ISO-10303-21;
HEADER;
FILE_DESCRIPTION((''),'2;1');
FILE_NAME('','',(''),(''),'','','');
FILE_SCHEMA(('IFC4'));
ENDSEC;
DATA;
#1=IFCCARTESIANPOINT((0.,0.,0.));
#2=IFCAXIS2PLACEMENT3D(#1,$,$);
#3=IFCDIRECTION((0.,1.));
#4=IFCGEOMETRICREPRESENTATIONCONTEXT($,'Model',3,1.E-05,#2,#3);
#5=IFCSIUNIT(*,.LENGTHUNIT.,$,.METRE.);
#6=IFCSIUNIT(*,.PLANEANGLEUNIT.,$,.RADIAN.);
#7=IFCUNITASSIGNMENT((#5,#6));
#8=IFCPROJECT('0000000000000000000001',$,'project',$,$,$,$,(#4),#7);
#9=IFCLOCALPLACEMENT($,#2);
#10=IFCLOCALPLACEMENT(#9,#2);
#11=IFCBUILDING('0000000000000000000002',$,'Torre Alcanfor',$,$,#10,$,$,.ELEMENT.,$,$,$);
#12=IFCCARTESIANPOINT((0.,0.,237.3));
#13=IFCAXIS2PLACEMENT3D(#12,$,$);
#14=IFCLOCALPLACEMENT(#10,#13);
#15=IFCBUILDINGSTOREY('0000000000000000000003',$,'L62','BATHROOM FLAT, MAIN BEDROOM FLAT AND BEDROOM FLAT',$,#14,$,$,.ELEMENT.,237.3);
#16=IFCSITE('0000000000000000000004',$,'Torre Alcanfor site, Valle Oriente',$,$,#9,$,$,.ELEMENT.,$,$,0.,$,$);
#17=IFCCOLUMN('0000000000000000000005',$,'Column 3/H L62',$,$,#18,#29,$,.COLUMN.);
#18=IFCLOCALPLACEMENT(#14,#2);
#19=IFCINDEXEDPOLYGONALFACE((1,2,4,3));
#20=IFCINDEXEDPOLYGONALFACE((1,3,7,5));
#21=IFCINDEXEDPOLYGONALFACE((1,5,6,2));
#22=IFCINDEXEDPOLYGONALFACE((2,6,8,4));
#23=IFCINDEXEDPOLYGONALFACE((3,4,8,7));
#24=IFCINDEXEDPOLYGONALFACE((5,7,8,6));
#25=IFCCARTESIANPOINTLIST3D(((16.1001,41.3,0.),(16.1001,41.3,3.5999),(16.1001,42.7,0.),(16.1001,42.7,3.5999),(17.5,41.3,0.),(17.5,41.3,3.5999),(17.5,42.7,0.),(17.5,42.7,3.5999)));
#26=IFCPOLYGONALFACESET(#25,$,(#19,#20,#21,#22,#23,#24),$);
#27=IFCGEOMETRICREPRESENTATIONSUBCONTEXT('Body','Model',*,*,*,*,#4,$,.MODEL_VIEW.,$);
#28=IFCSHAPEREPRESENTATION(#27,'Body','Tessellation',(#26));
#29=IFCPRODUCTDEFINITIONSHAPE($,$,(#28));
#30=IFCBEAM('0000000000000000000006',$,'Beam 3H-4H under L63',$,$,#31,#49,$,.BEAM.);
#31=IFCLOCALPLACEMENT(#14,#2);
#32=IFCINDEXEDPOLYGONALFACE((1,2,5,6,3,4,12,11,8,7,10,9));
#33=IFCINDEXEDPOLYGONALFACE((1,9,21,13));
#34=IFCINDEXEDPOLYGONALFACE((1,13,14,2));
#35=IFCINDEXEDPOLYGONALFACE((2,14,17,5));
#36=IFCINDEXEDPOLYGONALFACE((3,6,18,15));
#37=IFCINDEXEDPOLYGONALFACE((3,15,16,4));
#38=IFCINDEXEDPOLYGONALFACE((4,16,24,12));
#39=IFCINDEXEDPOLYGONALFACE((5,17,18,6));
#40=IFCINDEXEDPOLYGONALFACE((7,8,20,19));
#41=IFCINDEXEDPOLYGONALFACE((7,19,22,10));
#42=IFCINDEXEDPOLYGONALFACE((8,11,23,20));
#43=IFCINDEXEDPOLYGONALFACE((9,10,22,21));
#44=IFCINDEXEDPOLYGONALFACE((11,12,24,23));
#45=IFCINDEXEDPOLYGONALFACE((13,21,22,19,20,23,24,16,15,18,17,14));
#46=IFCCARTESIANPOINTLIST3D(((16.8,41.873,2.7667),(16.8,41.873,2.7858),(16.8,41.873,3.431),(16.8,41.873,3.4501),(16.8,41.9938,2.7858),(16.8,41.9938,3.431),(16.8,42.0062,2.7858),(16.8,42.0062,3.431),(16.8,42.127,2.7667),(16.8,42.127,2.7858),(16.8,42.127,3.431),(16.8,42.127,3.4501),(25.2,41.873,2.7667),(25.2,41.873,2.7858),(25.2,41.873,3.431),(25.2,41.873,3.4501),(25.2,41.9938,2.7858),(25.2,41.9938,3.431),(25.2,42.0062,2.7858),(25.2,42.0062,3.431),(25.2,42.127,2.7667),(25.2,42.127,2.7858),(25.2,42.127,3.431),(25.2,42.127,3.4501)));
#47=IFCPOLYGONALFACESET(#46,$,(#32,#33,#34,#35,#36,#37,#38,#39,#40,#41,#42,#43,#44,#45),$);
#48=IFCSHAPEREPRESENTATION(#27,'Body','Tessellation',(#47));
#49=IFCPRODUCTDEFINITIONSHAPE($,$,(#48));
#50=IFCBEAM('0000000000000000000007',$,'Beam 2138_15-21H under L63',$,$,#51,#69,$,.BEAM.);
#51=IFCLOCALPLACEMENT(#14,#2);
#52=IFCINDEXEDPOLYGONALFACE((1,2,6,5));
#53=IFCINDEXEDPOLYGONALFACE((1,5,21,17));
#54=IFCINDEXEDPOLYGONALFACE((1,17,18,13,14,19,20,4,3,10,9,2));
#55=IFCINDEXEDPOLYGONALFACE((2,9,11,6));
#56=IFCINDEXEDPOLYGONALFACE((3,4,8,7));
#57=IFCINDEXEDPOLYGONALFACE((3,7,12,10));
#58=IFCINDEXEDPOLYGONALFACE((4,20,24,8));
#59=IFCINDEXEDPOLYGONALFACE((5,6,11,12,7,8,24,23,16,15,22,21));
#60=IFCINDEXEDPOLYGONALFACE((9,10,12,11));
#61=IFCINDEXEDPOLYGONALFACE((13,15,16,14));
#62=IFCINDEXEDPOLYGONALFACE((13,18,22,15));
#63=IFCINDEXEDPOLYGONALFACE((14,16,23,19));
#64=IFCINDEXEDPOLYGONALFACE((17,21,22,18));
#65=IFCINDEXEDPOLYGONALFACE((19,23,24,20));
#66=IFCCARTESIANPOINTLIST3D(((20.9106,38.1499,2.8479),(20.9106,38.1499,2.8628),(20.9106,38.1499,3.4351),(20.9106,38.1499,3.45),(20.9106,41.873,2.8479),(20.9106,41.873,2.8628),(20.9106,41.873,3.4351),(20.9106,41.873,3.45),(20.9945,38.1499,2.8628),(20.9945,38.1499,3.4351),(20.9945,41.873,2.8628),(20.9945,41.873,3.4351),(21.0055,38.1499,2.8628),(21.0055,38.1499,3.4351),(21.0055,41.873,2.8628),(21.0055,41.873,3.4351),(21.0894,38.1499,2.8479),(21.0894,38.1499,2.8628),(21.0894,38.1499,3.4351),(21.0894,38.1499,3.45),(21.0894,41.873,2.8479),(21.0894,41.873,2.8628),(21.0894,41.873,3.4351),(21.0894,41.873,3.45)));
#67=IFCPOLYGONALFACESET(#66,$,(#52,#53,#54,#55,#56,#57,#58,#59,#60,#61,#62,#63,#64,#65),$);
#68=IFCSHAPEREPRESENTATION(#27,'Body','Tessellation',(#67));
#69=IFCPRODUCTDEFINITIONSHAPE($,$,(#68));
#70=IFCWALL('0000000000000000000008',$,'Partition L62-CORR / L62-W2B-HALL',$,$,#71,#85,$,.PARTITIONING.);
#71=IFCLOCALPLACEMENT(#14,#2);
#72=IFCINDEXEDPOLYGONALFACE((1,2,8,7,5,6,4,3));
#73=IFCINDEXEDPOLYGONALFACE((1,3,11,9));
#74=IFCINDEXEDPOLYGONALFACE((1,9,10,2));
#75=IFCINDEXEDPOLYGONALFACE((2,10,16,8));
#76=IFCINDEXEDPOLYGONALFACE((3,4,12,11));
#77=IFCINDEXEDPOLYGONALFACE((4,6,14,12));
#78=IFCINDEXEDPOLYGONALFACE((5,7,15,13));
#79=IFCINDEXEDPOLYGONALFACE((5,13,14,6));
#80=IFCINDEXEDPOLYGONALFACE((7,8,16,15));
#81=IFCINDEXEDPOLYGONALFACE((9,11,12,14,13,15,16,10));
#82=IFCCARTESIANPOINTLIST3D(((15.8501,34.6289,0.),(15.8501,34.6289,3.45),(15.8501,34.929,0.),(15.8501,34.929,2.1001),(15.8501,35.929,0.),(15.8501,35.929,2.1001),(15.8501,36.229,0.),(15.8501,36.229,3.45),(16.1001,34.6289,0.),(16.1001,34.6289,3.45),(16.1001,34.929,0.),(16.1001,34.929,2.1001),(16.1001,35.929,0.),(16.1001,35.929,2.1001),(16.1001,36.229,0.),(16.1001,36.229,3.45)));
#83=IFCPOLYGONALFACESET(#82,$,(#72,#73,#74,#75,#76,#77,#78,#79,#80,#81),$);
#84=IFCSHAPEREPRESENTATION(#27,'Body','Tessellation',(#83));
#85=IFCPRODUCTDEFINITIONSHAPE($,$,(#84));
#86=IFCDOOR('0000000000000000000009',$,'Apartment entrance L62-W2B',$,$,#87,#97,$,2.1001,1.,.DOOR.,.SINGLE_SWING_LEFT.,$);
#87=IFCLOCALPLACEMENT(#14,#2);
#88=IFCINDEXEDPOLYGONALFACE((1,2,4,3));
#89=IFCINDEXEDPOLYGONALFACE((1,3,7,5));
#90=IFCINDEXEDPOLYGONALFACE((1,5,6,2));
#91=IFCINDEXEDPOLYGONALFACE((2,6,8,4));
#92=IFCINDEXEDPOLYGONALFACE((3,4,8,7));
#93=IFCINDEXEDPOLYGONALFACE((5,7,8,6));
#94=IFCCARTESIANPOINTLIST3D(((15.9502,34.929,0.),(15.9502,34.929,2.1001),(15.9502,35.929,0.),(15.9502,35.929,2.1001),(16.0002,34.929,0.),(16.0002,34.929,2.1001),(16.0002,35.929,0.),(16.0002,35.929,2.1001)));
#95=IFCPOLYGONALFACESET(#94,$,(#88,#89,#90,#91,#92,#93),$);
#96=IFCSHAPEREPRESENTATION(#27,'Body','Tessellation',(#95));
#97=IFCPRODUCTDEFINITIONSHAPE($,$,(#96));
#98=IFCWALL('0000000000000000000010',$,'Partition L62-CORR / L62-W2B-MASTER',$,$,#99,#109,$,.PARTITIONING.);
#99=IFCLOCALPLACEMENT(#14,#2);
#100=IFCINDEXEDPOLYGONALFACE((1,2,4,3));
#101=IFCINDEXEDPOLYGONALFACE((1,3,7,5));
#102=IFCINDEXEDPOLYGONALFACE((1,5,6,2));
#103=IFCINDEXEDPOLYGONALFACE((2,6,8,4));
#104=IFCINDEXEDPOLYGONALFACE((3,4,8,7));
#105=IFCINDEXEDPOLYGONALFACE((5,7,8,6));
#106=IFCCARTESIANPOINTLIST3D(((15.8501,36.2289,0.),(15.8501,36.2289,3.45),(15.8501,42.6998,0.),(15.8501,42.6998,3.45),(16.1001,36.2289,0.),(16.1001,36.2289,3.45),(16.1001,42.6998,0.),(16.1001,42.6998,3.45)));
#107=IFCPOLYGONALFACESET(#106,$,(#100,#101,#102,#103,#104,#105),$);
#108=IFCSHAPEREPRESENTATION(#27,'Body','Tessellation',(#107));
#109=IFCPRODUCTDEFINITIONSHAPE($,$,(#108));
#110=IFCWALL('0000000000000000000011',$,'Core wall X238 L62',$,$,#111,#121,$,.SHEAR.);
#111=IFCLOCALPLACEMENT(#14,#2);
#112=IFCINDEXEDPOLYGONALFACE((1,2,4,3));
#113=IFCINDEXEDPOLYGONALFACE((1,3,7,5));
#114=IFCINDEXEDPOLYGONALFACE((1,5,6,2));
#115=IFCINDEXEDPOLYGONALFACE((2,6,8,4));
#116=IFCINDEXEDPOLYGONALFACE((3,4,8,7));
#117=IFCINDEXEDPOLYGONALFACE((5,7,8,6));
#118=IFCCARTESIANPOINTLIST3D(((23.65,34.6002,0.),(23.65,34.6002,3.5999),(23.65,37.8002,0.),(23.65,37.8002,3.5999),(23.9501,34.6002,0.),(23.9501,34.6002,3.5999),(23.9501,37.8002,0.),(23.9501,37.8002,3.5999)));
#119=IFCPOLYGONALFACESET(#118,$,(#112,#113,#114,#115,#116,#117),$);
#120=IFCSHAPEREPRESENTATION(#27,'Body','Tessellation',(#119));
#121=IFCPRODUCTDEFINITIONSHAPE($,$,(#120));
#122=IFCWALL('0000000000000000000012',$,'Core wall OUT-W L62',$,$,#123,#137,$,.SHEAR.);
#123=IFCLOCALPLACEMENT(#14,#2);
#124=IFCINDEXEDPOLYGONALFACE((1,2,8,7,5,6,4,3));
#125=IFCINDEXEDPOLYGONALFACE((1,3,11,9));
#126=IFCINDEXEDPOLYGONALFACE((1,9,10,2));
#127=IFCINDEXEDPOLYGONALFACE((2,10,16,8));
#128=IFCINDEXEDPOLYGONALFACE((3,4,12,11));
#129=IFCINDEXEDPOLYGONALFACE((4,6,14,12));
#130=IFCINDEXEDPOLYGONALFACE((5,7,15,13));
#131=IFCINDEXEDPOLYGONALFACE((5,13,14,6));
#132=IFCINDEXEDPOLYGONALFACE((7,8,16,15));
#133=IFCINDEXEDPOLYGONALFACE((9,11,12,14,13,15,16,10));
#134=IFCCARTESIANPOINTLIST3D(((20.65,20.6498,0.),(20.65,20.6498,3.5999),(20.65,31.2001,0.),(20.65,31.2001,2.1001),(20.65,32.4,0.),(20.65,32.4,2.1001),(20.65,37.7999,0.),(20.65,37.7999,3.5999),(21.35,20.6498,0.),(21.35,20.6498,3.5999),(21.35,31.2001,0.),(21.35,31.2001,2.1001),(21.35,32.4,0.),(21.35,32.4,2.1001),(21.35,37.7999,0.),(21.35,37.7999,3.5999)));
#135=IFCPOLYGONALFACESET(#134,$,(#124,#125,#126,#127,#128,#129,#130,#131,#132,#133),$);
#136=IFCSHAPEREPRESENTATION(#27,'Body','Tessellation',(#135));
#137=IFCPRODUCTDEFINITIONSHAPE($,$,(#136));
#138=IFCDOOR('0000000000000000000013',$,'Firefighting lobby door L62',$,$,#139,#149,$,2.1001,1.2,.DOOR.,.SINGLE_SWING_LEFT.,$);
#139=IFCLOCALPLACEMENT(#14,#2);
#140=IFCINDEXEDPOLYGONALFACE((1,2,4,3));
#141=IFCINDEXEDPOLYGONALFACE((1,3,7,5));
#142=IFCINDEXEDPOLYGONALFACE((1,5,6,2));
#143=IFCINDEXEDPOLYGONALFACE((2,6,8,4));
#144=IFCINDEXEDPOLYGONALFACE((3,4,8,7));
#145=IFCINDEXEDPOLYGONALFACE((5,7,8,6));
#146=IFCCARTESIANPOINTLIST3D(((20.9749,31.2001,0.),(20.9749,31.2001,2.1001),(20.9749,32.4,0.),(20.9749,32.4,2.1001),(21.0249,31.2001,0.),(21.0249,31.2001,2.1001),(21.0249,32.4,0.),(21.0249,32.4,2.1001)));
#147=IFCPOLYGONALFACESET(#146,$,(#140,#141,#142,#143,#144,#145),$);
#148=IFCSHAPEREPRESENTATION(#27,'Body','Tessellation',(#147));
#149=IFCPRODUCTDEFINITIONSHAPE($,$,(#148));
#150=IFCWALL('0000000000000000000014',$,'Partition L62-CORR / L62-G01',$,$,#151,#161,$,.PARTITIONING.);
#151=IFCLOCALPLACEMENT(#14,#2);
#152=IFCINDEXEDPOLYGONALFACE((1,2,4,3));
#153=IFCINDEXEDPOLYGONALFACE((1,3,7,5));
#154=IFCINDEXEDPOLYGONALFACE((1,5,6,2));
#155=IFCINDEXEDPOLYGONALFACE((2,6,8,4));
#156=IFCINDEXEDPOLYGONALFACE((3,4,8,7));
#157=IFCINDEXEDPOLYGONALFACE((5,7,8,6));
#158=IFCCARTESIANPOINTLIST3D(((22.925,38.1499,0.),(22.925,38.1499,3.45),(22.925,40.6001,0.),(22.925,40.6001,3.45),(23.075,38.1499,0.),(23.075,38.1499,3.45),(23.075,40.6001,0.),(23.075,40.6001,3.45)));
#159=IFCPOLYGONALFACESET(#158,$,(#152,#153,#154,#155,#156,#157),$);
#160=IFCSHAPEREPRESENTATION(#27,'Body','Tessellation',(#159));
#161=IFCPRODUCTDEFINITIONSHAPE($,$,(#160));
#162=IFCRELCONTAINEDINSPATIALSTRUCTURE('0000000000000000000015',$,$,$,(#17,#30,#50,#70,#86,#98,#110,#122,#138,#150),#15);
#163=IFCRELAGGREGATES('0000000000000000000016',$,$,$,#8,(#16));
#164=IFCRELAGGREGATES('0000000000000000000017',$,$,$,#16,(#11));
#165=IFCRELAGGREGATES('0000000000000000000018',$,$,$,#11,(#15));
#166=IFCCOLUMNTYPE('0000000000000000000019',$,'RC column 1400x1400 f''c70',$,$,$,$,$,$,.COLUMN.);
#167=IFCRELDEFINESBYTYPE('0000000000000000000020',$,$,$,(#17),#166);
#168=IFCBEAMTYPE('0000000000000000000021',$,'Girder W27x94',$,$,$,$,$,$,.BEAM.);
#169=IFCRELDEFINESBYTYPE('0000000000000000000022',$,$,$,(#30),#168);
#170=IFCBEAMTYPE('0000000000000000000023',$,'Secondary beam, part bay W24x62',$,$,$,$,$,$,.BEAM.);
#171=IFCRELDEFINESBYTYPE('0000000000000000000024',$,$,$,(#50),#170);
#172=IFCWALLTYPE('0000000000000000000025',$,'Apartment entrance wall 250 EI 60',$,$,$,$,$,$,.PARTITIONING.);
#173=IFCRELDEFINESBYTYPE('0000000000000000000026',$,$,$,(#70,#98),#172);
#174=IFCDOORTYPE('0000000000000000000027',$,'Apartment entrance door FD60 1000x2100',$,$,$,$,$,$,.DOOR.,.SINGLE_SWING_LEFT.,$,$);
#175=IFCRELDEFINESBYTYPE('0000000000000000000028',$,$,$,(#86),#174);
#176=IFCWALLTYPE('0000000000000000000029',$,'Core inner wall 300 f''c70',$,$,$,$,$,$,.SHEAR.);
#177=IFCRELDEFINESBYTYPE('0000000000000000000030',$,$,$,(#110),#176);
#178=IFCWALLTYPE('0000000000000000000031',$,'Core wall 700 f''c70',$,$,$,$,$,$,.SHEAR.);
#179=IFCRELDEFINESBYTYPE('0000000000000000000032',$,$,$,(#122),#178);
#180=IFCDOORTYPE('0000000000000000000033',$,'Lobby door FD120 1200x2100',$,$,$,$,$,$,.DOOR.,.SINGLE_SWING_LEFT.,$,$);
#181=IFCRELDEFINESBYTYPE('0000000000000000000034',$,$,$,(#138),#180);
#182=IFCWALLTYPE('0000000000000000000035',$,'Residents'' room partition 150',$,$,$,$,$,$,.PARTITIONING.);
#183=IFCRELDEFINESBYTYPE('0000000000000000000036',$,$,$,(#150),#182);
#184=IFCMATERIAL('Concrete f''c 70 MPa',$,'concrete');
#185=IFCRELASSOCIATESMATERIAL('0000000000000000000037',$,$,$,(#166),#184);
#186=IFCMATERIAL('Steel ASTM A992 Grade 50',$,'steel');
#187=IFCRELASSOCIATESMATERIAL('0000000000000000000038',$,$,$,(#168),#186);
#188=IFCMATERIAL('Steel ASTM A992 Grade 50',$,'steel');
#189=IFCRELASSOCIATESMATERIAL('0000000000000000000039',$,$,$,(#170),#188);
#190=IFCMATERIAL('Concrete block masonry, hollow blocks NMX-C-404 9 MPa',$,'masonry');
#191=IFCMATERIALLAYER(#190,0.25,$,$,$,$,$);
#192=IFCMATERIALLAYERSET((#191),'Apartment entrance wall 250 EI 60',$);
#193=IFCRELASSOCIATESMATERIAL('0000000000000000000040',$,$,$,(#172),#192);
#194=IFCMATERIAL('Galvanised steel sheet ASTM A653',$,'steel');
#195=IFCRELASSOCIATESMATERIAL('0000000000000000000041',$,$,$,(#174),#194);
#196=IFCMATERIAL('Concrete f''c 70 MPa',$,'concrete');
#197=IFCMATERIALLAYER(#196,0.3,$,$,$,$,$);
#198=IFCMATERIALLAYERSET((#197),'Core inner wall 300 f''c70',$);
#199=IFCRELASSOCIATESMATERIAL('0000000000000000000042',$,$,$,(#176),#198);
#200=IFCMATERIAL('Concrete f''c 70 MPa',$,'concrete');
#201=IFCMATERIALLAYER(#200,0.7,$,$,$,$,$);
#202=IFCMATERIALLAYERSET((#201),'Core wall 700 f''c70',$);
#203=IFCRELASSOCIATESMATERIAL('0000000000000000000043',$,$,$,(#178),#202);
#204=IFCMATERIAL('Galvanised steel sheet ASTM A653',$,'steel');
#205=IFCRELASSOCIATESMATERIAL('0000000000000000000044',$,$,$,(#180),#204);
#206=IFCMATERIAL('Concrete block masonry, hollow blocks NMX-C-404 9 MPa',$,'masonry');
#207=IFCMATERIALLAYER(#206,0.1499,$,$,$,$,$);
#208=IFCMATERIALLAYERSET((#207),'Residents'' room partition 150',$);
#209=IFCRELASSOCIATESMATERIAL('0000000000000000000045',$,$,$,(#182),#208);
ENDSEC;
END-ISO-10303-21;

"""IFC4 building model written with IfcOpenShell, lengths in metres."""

from ifc_helpers import new_model, si_unit, direction, frame, frame_2d, origin, origin_2d, place, context, subcontext, project, spatial, rectangle, i_section, extrude, material, layer, layer_set, material_profile, profile_set, type_object, element, fill, save


model = new_model("IFC4")

# Units and contexts
model_context = context("Model", 3, precision=1e-05, world=origin(), true_north=direction((0.0, 1.0)))
body_context = subcontext(model_context, "Body", "Model", "MODEL_VIEW")
ifc_project = project(units=[si_unit("LENGTHUNIT", "METRE"), si_unit("PLANEANGLEUNIT", "RADIAN")], contexts=[model_context])

# Site, building, storey
site_placement = place(None, origin())
site = spatial("IfcSite", under=ifc_project, at=site_placement, Name="Torre Alcanfor site, Valle Oriente", CompositionType="ELEMENT", RefElevation=0.0)
building_placement = place(site_placement, origin())
building = spatial("IfcBuilding", under=site, at=building_placement, Name="Torre Alcanfor", CompositionType="ELEMENT")
storey_placement = place(building_placement, frame((0.0, 0.0, 237.3)))
storey = spatial("IfcBuildingStorey", under=building, at=storey_placement, Name="L62", Description="BATHROOM FLAT, MAIN BEDROOM FLAT AND BEDROOM FLAT", CompositionType="ELEMENT", Elevation=237.3)

# Column
ifc_material_1 = material(Name="Concrete f'c 70 MPa", Category="concrete")
ifc_material_profile_1 = material_profile(ifc_material_1, rectangle(XDim=1.3999, YDim=1.3999, at=origin_2d()), Name="1400x1400")
ifc_profile_set_1 = profile_set([ifc_material_profile_1], Name="Concrete f'c 70 MPa")
column_type = type_object("IfcColumnType", Name="RC column 1400x1400 f'c70", PredefinedType="COLUMN", material=ifc_profile_set_1)
column_placement = place(storey_placement, frame((16.8, 42.0, 0.0), z_axis=(0.0, 0.0, 1.0), x_axis=(1.0, 0.0, 0.0)))
element("IfcColumn", 1, at=column_placement, inside=storey, type_object=column_type, Name="Column 3/H L62", PredefinedType="COLUMN", context=body_context, shape_type="SweptSolid", body=[
    extrude(rectangle(XDim=1.3999, YDim=1.3999, at=origin_2d()), origin(), (0.0, 0.0, 1.0), 3.5999),
])

# Beams
ifc_material_2 = material(Name="Steel ASTM A992 Grade 50", Category="steel")
ifc_material_profile_2 = material_profile(ifc_material_2, i_section(OverallWidth=0.2539, OverallDepth=0.6833, WebThickness=0.0125, FlangeThickness=0.019, at=origin_2d()), Name="W27x94")
ifc_profile_set_2 = profile_set([ifc_material_profile_2], Name="Steel ASTM A992 Grade 50")
beam_type_1 = type_object("IfcBeamType", Name="Girder W27x94", PredefinedType="BEAM", material=ifc_profile_set_2)
beam_1_placement = place(storey_placement, frame((16.8, 42.0, 3.1084), z_axis=(1.0, 0.0, 0.0), x_axis=(0.0, 1.0, 0.0)))
element("IfcBeam", 2, at=beam_1_placement, inside=storey, type_object=beam_type_1, Name="Beam 3H-4H under L63", PredefinedType="BEAM", context=body_context, shape_type="SweptSolid", body=[
    extrude(i_section(OverallWidth=0.2539, OverallDepth=0.6833, WebThickness=0.0125, FlangeThickness=0.019, at=origin_2d()), origin(), (0.0, 0.0, 1.0), 8.3999),
])
ifc_material_3 = material(Name="Steel ASTM A992 Grade 50", Category="steel")
ifc_material_profile_3 = material_profile(ifc_material_3, i_section(OverallWidth=0.1787, OverallDepth=0.6021, WebThickness=0.011, FlangeThickness=0.0149, at=origin_2d()), Name="W24x62")
ifc_profile_set_3 = profile_set([ifc_material_profile_3], Name="Steel ASTM A992 Grade 50")
beam_type_2 = type_object("IfcBeamType", Name="Secondary beam, part bay W24x62", PredefinedType="BEAM", material=ifc_profile_set_3)
beam_2_placement = place(storey_placement, frame((21.0, 38.1499, 3.1489), z_axis=(0.0, 1.0, 0.0), x_axis=(-1.0, 0.0, 0.0)))
element("IfcBeam", 3, at=beam_2_placement, inside=storey, type_object=beam_type_2, Name="Beam 2138_15-21H under L63", PredefinedType="BEAM", context=body_context, shape_type="SweptSolid", body=[
    extrude(i_section(OverallWidth=0.1787, OverallDepth=0.6021, WebThickness=0.011, FlangeThickness=0.0149, at=origin_2d()), origin(), (0.0, 0.0, 1.0), 3.7231),
])

# Wall, opening, door
ifc_material_4 = material(Name="Concrete block masonry, hollow blocks NMX-C-404 9 MPa", Category="masonry")
ifc_layer_1 = layer(ifc_material_4, 0.25)
ifc_layer_set_1 = layer_set([ifc_layer_1], Name="Apartment entrance wall 250 EI 60")
wall_type_1 = type_object("IfcWallType", Name="Apartment entrance wall 250 EI 60", PredefinedType="PARTITIONING", material=ifc_layer_set_1)
wall_1_placement = place(storey_placement, frame((15.9751, 34.6289, 0.0), z_axis=(0.0, 0.0, 1.0), x_axis=(0.0, 1.0, 0.0)))
wall_1 = element("IfcWall", 4, at=wall_1_placement, inside=storey, type_object=wall_type_1, Name="Partition L62-CORR / L62-W2B-HALL", PredefinedType="PARTITIONING", context=body_context, shape_type="SweptSolid", body=[
    extrude(rectangle(XDim=1.6001, YDim=0.25, at=frame_2d((0.8, 0.0))), origin(), (0.0, 0.0, 1.0), 3.45),
])
opening_1_placement = place(wall_1_placement, frame((0.3, 0.0, 0.0)))
opening_1 = element("IfcOpeningElement", 5, at=opening_1_placement, cuts=wall_1, PredefinedType="OPENING", context=body_context, shape_type="SweptSolid", body=[
    extrude(rectangle(XDim=1.0, YDim=2.1001, at=frame_2d((0.5, 1.05))), frame((0.0, 0.135, 0.0), z_axis=(0.0, -1.0, 0.0), x_axis=(1.0, 0.0, 0.0)), (0.0, 0.0, 1.0), 0.27),
])
ifc_material_5 = material(Name="Galvanised steel sheet ASTM A653", Category="steel")
door_type_1 = type_object("IfcDoorType", Name="Apartment entrance door FD60 1000x2100", OperationType="SINGLE_SWING_LEFT", PredefinedType="DOOR", material=ifc_material_5)
door_1_placement = place(opening_1_placement, origin())
door_1 = element("IfcDoor", 6, at=door_1_placement, inside=storey, type_object=door_type_1, Name="Apartment entrance L62-W2B", OperationType="SINGLE_SWING_LEFT", OverallHeight=2.1001, OverallWidth=1.0, PredefinedType="DOOR", context=body_context, shape_type="SweptSolid", body=[
    extrude(rectangle(XDim=1.0, YDim=2.1001, at=frame_2d((0.5, 1.05))), frame((0.0, 0.0249, 0.0), z_axis=(0.0, -1.0, 0.0), x_axis=(1.0, 0.0, 0.0)), (0.0, 0.0, 1.0), 0.05),
])
fill(opening_1, door_1)

# Walls
wall_2_placement = place(storey_placement, frame((15.9751, 36.229, 0.0), z_axis=(0.0, 0.0, 1.0), x_axis=(0.0, 1.0, 0.0)))
element("IfcWall", 7, at=wall_2_placement, inside=storey, type_object=wall_type_1, Name="Partition L62-CORR / L62-W2B-MASTER", PredefinedType="PARTITIONING", context=body_context, shape_type="SweptSolid", body=[
    extrude(rectangle(XDim=6.4709, YDim=0.25, at=frame_2d((3.2354, 0.0))), origin(), (0.0, 0.0, 1.0), 3.45),
])
ifc_material_6 = material(Name="Concrete f'c 70 MPa", Category="concrete")
ifc_layer_2 = layer(ifc_material_6, 0.3)
ifc_layer_set_2 = layer_set([ifc_layer_2], Name="Core inner wall 300 f'c70")
wall_type_2 = type_object("IfcWallType", Name="Core inner wall 300 f'c70", PredefinedType="SHEAR", material=ifc_layer_set_2)
wall_3_placement = place(storey_placement, frame((23.8, 34.6001, 0.0), z_axis=(0.0, 0.0, 1.0), x_axis=(0.0, 1.0, 0.0)))
element("IfcWall", 8, at=wall_3_placement, inside=storey, type_object=wall_type_2, Name="Core wall X238 L62", PredefinedType="SHEAR", context=body_context, shape_type="SweptSolid", body=[
    extrude(rectangle(XDim=3.2, YDim=0.3, at=frame_2d((1.6001, 0.0))), origin(), (0.0, 0.0, 1.0), 3.5999),
])

# Wall, opening, door
ifc_material_7 = material(Name="Concrete f'c 70 MPa", Category="concrete")
ifc_layer_3 = layer(ifc_material_7, 0.7)
ifc_layer_set_3 = layer_set([ifc_layer_3], Name="Core wall 700 f'c70")
wall_type_3 = type_object("IfcWallType", Name="Core wall 700 f'c70", PredefinedType="SHEAR", material=ifc_layer_set_3)
wall_4_placement = place(storey_placement, frame((21.0, 37.8, 0.0), z_axis=(0.0, 0.0, 1.0), x_axis=(0.0, -1.0, 0.0)))
wall_4 = element("IfcWall", 9, at=wall_4_placement, inside=storey, type_object=wall_type_3, Name="Core wall OUT-W L62", PredefinedType="SHEAR", context=body_context, shape_type="SweptSolid", body=[
    extrude(rectangle(XDim=17.1501, YDim=0.7, at=frame_2d((8.5752, 0.0))), origin(), (0.0, 0.0, 1.0), 3.5999),
])
opening_2_placement = place(wall_4_placement, frame((5.3999, 0.0, 0.0)))
opening_2 = element("IfcOpeningElement", 10, at=opening_2_placement, cuts=wall_4, PredefinedType="OPENING", context=body_context, shape_type="SweptSolid", body=[
    extrude(rectangle(XDim=1.2, YDim=2.1001, at=frame_2d((0.6001, 1.05))), frame((0.0, 0.3599, 0.0), z_axis=(0.0, -1.0, 0.0), x_axis=(1.0, 0.0, 0.0)), (0.0, 0.0, 1.0), 0.72),
])
ifc_material_8 = material(Name="Galvanised steel sheet ASTM A653", Category="steel")
door_type_2 = type_object("IfcDoorType", Name="Lobby door FD120 1200x2100", OperationType="SINGLE_SWING_LEFT", PredefinedType="DOOR", material=ifc_material_8)
door_2_placement = place(opening_2_placement, origin())
door_2 = element("IfcDoor", 11, at=door_2_placement, inside=storey, type_object=door_type_2, Name="Firefighting lobby door L62", OperationType="SINGLE_SWING_LEFT", OverallHeight=2.1001, OverallWidth=1.2, PredefinedType="DOOR", context=body_context, shape_type="SweptSolid", body=[
    extrude(rectangle(XDim=1.2, YDim=2.1001, at=frame_2d((0.6001, 1.05))), frame((0.0, 0.0249, 0.0), z_axis=(0.0, -1.0, 0.0), x_axis=(1.0, 0.0, 0.0)), (0.0, 0.0, 1.0), 0.05),
])
fill(opening_2, door_2)

# Wall
ifc_material_9 = material(Name="Concrete block masonry, hollow blocks NMX-C-404 9 MPa", Category="masonry")
ifc_layer_4 = layer(ifc_material_9, 0.1499)
ifc_layer_set_4 = layer_set([ifc_layer_4], Name="Residents' room partition 150")
wall_type_4 = type_object("IfcWallType", Name="Residents' room partition 150", PredefinedType="PARTITIONING", material=ifc_layer_set_4)
wall_5_placement = place(storey_placement, frame((23.0, 38.1499, 0.0), z_axis=(0.0, 0.0, 1.0), x_axis=(0.0, 1.0, 0.0)))
element("IfcWall", 12, at=wall_5_placement, inside=storey, type_object=wall_type_4, Name="Partition L62-CORR / L62-G01", PredefinedType="PARTITIONING", context=body_context, shape_type="SweptSolid", body=[
    extrude(rectangle(XDim=2.4502, YDim=0.1499, at=frame_2d((1.2251, 0.0))), origin(), (0.0, 0.0, 1.0), 3.45),
])

save(model, "model.ifc")
